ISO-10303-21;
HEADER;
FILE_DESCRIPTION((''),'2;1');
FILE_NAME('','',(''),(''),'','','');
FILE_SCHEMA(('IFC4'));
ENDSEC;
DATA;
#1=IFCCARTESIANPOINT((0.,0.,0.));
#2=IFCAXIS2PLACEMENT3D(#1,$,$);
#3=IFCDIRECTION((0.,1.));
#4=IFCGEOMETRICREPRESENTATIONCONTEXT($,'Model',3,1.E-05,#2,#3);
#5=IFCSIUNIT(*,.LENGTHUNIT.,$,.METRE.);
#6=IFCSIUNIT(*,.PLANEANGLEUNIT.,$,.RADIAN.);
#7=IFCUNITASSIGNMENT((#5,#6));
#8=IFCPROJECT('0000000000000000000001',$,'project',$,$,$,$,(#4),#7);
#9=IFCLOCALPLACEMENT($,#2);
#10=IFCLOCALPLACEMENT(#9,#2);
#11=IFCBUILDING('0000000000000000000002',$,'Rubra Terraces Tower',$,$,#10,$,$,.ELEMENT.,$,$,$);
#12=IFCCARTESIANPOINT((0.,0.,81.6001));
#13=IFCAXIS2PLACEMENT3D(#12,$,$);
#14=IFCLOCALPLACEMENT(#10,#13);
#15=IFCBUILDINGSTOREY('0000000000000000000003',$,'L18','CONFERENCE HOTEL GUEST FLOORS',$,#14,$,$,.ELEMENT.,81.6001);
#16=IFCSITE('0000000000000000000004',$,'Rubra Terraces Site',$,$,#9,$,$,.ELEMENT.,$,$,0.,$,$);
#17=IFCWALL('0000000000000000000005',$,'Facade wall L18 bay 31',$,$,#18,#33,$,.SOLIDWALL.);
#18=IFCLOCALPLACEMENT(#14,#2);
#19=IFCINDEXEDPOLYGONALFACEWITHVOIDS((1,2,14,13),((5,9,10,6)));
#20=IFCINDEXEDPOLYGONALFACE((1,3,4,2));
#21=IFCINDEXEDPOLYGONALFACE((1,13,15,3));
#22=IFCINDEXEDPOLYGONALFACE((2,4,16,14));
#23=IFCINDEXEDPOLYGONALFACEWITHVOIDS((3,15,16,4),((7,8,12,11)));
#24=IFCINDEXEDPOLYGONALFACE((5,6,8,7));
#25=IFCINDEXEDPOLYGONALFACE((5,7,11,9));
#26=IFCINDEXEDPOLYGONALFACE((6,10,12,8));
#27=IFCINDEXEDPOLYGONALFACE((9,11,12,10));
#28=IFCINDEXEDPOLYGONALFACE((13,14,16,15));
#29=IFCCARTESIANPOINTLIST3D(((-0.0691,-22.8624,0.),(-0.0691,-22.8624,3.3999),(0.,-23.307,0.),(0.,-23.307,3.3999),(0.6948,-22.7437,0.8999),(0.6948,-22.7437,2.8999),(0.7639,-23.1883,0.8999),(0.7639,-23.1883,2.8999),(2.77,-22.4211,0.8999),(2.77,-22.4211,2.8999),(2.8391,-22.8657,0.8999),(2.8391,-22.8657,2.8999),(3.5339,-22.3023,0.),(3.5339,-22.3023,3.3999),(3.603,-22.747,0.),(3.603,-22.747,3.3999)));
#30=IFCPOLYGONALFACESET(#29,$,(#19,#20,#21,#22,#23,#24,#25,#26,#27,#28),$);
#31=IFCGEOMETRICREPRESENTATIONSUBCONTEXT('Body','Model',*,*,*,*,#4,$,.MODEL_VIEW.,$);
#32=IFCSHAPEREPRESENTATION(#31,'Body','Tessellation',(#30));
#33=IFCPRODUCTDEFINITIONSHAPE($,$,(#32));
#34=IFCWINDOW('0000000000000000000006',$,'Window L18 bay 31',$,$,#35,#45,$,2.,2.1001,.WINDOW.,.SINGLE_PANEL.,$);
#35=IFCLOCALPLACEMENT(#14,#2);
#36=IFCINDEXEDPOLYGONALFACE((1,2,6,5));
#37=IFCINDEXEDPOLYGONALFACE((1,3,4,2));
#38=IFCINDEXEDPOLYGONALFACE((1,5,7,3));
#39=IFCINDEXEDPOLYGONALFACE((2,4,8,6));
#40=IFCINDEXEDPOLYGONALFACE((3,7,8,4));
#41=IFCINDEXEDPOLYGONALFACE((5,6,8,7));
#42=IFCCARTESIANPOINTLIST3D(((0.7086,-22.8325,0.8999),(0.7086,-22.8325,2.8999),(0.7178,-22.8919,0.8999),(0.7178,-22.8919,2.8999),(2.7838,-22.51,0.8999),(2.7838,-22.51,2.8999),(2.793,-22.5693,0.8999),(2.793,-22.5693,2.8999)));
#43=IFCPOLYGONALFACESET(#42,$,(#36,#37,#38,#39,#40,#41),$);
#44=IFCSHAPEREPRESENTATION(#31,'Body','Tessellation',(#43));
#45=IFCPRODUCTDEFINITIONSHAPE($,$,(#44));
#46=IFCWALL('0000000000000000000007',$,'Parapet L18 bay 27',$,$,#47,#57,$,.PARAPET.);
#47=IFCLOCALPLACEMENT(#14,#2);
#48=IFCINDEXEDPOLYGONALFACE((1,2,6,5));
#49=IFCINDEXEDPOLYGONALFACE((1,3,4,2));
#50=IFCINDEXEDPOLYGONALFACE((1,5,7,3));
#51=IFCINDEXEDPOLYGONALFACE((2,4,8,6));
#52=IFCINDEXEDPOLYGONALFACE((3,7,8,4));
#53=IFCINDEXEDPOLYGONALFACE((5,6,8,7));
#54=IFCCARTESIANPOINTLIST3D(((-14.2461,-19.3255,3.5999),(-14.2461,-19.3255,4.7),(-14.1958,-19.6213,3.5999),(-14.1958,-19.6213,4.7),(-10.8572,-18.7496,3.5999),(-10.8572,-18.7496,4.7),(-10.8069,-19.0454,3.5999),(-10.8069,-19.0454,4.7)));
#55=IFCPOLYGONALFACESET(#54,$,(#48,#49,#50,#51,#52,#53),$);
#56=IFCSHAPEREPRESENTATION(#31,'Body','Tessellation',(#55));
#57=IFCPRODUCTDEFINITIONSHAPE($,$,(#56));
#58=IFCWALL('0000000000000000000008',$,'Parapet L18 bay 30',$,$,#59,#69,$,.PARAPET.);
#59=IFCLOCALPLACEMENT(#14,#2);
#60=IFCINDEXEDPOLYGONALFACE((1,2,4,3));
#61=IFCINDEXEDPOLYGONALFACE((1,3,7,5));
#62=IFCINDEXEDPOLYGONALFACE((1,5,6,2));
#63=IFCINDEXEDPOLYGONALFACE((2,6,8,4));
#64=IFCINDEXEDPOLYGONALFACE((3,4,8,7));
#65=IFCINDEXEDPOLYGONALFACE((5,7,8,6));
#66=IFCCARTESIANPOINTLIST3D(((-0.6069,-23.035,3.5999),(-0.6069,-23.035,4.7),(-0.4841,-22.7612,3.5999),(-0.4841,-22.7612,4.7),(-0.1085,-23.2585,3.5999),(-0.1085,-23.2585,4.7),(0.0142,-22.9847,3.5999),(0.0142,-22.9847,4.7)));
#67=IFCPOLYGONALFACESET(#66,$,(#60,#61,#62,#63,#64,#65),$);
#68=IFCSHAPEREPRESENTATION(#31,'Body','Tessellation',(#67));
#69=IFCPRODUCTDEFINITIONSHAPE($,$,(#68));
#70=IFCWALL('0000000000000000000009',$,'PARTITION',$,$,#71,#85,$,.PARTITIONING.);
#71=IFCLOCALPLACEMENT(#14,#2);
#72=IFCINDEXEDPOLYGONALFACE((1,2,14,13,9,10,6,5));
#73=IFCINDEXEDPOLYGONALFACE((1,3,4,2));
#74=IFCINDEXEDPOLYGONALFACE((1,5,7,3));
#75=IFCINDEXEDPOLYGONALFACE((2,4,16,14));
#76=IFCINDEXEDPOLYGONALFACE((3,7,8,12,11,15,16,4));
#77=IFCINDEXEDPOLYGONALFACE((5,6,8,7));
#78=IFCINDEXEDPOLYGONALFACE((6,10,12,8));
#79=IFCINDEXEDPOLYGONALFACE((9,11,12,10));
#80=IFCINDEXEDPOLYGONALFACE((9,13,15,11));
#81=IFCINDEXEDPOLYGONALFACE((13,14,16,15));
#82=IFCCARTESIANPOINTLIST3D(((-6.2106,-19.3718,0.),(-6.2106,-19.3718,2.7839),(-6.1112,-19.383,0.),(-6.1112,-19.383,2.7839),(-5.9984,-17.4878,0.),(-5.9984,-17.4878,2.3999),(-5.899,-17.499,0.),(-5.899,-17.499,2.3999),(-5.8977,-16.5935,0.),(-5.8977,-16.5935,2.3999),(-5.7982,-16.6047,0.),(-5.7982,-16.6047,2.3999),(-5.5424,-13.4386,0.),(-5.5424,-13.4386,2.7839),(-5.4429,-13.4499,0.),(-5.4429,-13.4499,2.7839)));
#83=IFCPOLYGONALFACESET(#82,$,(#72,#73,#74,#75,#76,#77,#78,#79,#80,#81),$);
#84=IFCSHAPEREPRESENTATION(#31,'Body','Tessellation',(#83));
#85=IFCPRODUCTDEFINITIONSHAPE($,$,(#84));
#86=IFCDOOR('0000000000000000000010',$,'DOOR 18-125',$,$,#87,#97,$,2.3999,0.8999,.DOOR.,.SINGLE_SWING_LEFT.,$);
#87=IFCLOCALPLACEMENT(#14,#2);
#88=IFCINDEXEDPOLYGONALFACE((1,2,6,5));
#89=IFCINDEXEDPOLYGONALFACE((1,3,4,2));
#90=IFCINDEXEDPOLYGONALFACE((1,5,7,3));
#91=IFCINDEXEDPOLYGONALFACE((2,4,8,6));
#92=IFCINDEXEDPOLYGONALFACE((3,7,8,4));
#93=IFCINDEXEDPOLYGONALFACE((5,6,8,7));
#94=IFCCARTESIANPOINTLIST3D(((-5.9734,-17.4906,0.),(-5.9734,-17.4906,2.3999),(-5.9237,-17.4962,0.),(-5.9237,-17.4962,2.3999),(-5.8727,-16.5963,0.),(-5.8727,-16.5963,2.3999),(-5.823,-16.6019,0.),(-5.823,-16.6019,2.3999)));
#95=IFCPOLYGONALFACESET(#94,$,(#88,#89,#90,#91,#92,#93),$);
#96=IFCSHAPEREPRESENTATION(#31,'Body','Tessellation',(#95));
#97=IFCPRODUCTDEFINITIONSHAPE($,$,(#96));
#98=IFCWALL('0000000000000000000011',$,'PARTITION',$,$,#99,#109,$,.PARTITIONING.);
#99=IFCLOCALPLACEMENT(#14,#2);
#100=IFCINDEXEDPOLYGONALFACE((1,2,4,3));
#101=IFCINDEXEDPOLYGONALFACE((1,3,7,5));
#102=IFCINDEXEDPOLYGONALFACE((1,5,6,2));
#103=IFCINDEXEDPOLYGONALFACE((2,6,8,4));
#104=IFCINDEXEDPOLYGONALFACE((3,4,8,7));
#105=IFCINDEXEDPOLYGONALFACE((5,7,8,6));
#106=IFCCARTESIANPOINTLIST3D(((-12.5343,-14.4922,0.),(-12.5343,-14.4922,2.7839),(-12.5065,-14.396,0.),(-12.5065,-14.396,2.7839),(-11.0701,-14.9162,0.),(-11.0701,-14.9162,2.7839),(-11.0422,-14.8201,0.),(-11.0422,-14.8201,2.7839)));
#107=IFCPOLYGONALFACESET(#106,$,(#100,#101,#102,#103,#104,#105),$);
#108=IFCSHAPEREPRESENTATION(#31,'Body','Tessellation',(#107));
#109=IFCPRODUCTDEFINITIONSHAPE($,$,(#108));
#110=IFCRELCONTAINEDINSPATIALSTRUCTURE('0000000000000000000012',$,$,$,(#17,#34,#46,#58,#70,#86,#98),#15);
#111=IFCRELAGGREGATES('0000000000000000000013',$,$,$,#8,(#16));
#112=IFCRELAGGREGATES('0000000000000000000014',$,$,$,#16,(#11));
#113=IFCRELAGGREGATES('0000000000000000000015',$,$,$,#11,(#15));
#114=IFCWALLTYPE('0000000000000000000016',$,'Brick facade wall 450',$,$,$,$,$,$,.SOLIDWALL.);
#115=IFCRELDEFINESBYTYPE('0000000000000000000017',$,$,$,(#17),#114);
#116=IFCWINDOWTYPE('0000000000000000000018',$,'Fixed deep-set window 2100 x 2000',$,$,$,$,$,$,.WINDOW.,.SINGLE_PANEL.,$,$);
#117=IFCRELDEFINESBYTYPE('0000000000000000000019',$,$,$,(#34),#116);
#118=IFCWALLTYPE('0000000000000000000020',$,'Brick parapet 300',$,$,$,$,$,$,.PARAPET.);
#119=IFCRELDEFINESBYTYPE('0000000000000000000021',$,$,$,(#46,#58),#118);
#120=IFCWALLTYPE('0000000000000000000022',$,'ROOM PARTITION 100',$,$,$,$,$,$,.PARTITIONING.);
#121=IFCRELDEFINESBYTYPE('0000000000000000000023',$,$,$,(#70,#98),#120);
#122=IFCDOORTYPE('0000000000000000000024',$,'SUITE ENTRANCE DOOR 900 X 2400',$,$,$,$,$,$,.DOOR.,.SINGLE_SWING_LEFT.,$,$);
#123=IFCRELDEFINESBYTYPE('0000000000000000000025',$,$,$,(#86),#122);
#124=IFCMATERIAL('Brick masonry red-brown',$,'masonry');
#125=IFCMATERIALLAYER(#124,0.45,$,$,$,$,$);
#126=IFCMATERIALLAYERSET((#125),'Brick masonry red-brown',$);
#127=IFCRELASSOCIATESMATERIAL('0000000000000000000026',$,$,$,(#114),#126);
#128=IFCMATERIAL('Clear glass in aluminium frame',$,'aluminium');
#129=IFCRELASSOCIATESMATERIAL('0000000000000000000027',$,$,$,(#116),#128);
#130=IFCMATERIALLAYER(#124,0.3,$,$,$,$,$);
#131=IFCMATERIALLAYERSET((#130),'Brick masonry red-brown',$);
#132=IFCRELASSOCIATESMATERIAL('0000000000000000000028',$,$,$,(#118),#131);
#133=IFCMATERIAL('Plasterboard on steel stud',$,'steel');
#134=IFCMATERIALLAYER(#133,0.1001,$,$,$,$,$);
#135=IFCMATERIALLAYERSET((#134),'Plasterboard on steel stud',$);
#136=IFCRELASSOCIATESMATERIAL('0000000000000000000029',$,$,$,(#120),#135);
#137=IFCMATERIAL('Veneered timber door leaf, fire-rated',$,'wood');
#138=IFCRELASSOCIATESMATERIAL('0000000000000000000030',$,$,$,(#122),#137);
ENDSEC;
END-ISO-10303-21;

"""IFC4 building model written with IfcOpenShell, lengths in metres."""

from ifc_helpers import new_model, si_unit, direction, frame, frame_2d, origin, place, context, subcontext, project, spatial, rectangle, extrude, material, layer, layer_set, type_object, element, fill, save


model = new_model("IFC4")

# Units and contexts
model_context = context("Model", 3, precision=1e-05, world=origin(), true_north=direction((0.0, 1.0)))
body_context = subcontext(model_context, "Body", "Model", "MODEL_VIEW")
ifc_project = project(units=[si_unit("LENGTHUNIT", "METRE"), si_unit("PLANEANGLEUNIT", "RADIAN")], contexts=[model_context])

# Site, building, storey
site_placement = place(None, origin())
site = spatial("IfcSite", under=ifc_project, at=site_placement, Name="Rubra Terraces Site", CompositionType="ELEMENT", RefElevation=0.0)
building_placement = place(site_placement, origin())
building = spatial("IfcBuilding", under=site, at=building_placement, Name="Rubra Terraces Tower", CompositionType="ELEMENT")
storey_placement = place(building_placement, frame((0.0, 0.0, 81.6001)))
storey = spatial("IfcBuildingStorey", under=building, at=storey_placement, Name="L18", Description="CONFERENCE HOTEL GUEST FLOORS", CompositionType="ELEMENT", Elevation=81.6001)

# Wall, opening, window
ifc_material_1 = material(Name="Brick masonry red-brown", Category="masonry")
ifc_layer_1 = layer(ifc_material_1, 0.45)
ifc_layer_set_1 = layer_set([ifc_layer_1], Name="Brick masonry red-brown")
wall_type_1 = type_object("IfcWallType", Name="Brick facade wall 450", PredefinedType="SOLIDWALL", material=ifc_layer_set_1)
ifc_material_2 = material(Name="Clear glass in aluminium frame", Category="aluminium")
window_type = type_object("IfcWindowType", Name="Fixed deep-set window 2100 x 2000", PartitioningType="SINGLE_PANEL", PredefinedType="WINDOW", material=ifc_material_2)
wall_1_placement = place(storey_placement, frame((-0.0347, -23.0847, 0.0), z_axis=(0.0, 0.0, 1.0), x_axis=(0.988134, 0.153597, 0.0)))
wall_1 = element("IfcWall", 1, at=wall_1_placement, inside=storey, type_object=wall_type_1, Name="Facade wall L18 bay 31", PredefinedType="SOLIDWALL", context=body_context, shape_type="SweptSolid", body=[
    extrude(rectangle(XDim=3.6462, YDim=0.45, at=frame_2d((1.8232, 0.0))), origin(), (0.0, 0.0, 1.0), 3.3999),
])
opening_1_placement = place(wall_1_placement, frame((0.7732, 0.0, 0.8999)))
opening_1 = element("IfcOpeningElement", 2, at=opening_1_placement, cuts=wall_1, PredefinedType="OPENING", context=body_context, shape_type="SweptSolid", body=[
    extrude(rectangle(XDim=2.1001, YDim=2.0, at=frame_2d((1.05, 1.0))), frame((0.0, 0.2349, 0.0), z_axis=(0.0, -1.0, 0.0), x_axis=(1.0, 0.0, 0.0)), (0.0, 0.0, 1.0), 0.47),
])
window_1_placement = place(opening_1_placement, origin())
window_1 = element("IfcWindow", 3, at=window_1_placement, inside=storey, type_object=window_type, Name="Window L18 bay 31", OverallHeight=2.0, OverallWidth=2.1001, PartitioningType="SINGLE_PANEL", PredefinedType="WINDOW", context=body_context, shape_type="SweptSolid", body=[
    extrude(rectangle(XDim=2.1001, YDim=2.0, at=frame_2d((1.05, 1.0))), frame((0.0, 0.135, 0.0), z_axis=(0.0, -1.0, 0.0), x_axis=(1.0, 0.0, 0.0)), (0.0, 0.0, 1.0), 0.0601),
])
fill(opening_1, window_1)

# Walls
ifc_layer_2 = layer(ifc_material_1, 0.3)
ifc_layer_set_2 = layer_set([ifc_layer_2], Name="Brick masonry red-brown")
wall_type_2 = type_object("IfcWallType", Name="Brick parapet 300", PredefinedType="PARAPET", material=ifc_layer_set_2)
wall_2_placement = place(storey_placement, frame((-14.2209, -19.4734, 3.5999), z_axis=(0.0, 0.0, 1.0), x_axis=(0.985865, 0.167542, 0.0)))
element("IfcWall", 4, at=wall_2_placement, inside=storey, type_object=wall_type_2, Name="Parapet L18 bay 27", PredefinedType="PARAPET", context=body_context, shape_type="SweptSolid", body=[
    extrude(rectangle(XDim=3.4375, YDim=0.3, at=frame_2d((1.7188, 0.0))), origin(), (0.0, 0.0, 1.0), 1.1001),
])
wall_3_placement = place(storey_placement, frame((-0.5454, -22.8982, 3.5999), z_axis=(0.0, 0.0, 1.0), x_axis=(0.912498, -0.409082, 0.0)))
element("IfcWall", 5, at=wall_3_placement, inside=storey, type_object=wall_type_2, Name="Parapet L18 bay 30", PredefinedType="PARAPET", context=body_context, shape_type="SweptSolid", body=[
    extrude(rectangle(XDim=0.5461, YDim=0.3, at=frame_2d((0.2729, 0.0))), origin(), (0.0, 0.0, 1.0), 1.1001),
])

# Wall, opening, door
ifc_material_3 = material(Name="Plasterboard on steel stud", Category="steel")
ifc_layer_3 = layer(ifc_material_3, 0.1001)
ifc_layer_set_3 = layer_set([ifc_layer_3], Name="Plasterboard on steel stud")
wall_type_3 = type_object("IfcWallType", Name="ROOM PARTITION 100", PredefinedType="PARTITIONING", material=ifc_layer_set_3)
wall_4_placement = place(storey_placement, frame((-6.1609, -19.3774, 0.0), z_axis=(0.0, 0.0, 1.0), x_axis=(0.111917, 0.993718, 0.0)))
wall_4 = element("IfcWall", 6, at=wall_4_placement, inside=storey, type_object=wall_type_3, Name="PARTITION", PredefinedType="PARTITIONING", context=body_context, shape_type="SweptSolid", body=[
    extrude(rectangle(XDim=5.9707, YDim=0.1001, at=frame_2d((2.9854, 0.0))), origin(), (0.0, 0.0, 1.0), 2.7839),
])
opening_2_placement = place(wall_4_placement, frame((1.896, 0.0, 0.0)))
opening_2 = element("IfcOpeningElement", 7, at=opening_2_placement, cuts=wall_4, PredefinedType="OPENING", context=body_context, shape_type="SweptSolid", body=[
    extrude(rectangle(XDim=0.8999, YDim=2.3999, at=frame_2d((0.45, 1.2))), frame((0.0, 0.0601, 0.0), z_axis=(0.0, -1.0, 0.0), x_axis=(1.0, 0.0, 0.0)), (0.0, 0.0, 1.0), 0.1201),
])
ifc_material_4 = material(Name="Veneered timber door leaf, fire-rated", Category="wood")
door_type = type_object("IfcDoorType", Name="SUITE ENTRANCE DOOR 900 X 2400", OperationType="SINGLE_SWING_LEFT", PredefinedType="DOOR", material=ifc_material_4)
door_placement = place(opening_2_placement, origin())
door = element("IfcDoor", 8, at=door_placement, inside=storey, type_object=door_type, Name="DOOR 18-125", OperationType="SINGLE_SWING_LEFT", OverallHeight=2.3999, OverallWidth=0.8999, PredefinedType="DOOR", context=body_context, shape_type="SweptSolid", body=[
    extrude(rectangle(XDim=0.8999, YDim=2.3999, at=frame_2d((0.45, 1.2))), frame((0.0, 0.0249, 0.0), z_axis=(0.0, -1.0, 0.0), x_axis=(1.0, 0.0, 0.0)), (0.0, 0.0, 1.0), 0.05),
])
fill(opening_2, door)

# Wall
wall_5_placement = place(storey_placement, frame((-11.0562, -14.8682, 0.0), z_axis=(0.0, 0.0, 1.0), x_axis=(-0.960533, 0.278167, 0.0)))
element("IfcWall", 9, at=wall_5_placement, inside=storey, type_object=wall_type_3, Name="PARTITION", PredefinedType="PARTITIONING", context=body_context, shape_type="SweptSolid", body=[
    extrude(rectangle(XDim=1.5244, YDim=0.1001, at=frame_2d((0.7622, 0.0))), origin(), (0.0, 0.0, 1.0), 2.7839),
])

save(model, "model.ifc")
